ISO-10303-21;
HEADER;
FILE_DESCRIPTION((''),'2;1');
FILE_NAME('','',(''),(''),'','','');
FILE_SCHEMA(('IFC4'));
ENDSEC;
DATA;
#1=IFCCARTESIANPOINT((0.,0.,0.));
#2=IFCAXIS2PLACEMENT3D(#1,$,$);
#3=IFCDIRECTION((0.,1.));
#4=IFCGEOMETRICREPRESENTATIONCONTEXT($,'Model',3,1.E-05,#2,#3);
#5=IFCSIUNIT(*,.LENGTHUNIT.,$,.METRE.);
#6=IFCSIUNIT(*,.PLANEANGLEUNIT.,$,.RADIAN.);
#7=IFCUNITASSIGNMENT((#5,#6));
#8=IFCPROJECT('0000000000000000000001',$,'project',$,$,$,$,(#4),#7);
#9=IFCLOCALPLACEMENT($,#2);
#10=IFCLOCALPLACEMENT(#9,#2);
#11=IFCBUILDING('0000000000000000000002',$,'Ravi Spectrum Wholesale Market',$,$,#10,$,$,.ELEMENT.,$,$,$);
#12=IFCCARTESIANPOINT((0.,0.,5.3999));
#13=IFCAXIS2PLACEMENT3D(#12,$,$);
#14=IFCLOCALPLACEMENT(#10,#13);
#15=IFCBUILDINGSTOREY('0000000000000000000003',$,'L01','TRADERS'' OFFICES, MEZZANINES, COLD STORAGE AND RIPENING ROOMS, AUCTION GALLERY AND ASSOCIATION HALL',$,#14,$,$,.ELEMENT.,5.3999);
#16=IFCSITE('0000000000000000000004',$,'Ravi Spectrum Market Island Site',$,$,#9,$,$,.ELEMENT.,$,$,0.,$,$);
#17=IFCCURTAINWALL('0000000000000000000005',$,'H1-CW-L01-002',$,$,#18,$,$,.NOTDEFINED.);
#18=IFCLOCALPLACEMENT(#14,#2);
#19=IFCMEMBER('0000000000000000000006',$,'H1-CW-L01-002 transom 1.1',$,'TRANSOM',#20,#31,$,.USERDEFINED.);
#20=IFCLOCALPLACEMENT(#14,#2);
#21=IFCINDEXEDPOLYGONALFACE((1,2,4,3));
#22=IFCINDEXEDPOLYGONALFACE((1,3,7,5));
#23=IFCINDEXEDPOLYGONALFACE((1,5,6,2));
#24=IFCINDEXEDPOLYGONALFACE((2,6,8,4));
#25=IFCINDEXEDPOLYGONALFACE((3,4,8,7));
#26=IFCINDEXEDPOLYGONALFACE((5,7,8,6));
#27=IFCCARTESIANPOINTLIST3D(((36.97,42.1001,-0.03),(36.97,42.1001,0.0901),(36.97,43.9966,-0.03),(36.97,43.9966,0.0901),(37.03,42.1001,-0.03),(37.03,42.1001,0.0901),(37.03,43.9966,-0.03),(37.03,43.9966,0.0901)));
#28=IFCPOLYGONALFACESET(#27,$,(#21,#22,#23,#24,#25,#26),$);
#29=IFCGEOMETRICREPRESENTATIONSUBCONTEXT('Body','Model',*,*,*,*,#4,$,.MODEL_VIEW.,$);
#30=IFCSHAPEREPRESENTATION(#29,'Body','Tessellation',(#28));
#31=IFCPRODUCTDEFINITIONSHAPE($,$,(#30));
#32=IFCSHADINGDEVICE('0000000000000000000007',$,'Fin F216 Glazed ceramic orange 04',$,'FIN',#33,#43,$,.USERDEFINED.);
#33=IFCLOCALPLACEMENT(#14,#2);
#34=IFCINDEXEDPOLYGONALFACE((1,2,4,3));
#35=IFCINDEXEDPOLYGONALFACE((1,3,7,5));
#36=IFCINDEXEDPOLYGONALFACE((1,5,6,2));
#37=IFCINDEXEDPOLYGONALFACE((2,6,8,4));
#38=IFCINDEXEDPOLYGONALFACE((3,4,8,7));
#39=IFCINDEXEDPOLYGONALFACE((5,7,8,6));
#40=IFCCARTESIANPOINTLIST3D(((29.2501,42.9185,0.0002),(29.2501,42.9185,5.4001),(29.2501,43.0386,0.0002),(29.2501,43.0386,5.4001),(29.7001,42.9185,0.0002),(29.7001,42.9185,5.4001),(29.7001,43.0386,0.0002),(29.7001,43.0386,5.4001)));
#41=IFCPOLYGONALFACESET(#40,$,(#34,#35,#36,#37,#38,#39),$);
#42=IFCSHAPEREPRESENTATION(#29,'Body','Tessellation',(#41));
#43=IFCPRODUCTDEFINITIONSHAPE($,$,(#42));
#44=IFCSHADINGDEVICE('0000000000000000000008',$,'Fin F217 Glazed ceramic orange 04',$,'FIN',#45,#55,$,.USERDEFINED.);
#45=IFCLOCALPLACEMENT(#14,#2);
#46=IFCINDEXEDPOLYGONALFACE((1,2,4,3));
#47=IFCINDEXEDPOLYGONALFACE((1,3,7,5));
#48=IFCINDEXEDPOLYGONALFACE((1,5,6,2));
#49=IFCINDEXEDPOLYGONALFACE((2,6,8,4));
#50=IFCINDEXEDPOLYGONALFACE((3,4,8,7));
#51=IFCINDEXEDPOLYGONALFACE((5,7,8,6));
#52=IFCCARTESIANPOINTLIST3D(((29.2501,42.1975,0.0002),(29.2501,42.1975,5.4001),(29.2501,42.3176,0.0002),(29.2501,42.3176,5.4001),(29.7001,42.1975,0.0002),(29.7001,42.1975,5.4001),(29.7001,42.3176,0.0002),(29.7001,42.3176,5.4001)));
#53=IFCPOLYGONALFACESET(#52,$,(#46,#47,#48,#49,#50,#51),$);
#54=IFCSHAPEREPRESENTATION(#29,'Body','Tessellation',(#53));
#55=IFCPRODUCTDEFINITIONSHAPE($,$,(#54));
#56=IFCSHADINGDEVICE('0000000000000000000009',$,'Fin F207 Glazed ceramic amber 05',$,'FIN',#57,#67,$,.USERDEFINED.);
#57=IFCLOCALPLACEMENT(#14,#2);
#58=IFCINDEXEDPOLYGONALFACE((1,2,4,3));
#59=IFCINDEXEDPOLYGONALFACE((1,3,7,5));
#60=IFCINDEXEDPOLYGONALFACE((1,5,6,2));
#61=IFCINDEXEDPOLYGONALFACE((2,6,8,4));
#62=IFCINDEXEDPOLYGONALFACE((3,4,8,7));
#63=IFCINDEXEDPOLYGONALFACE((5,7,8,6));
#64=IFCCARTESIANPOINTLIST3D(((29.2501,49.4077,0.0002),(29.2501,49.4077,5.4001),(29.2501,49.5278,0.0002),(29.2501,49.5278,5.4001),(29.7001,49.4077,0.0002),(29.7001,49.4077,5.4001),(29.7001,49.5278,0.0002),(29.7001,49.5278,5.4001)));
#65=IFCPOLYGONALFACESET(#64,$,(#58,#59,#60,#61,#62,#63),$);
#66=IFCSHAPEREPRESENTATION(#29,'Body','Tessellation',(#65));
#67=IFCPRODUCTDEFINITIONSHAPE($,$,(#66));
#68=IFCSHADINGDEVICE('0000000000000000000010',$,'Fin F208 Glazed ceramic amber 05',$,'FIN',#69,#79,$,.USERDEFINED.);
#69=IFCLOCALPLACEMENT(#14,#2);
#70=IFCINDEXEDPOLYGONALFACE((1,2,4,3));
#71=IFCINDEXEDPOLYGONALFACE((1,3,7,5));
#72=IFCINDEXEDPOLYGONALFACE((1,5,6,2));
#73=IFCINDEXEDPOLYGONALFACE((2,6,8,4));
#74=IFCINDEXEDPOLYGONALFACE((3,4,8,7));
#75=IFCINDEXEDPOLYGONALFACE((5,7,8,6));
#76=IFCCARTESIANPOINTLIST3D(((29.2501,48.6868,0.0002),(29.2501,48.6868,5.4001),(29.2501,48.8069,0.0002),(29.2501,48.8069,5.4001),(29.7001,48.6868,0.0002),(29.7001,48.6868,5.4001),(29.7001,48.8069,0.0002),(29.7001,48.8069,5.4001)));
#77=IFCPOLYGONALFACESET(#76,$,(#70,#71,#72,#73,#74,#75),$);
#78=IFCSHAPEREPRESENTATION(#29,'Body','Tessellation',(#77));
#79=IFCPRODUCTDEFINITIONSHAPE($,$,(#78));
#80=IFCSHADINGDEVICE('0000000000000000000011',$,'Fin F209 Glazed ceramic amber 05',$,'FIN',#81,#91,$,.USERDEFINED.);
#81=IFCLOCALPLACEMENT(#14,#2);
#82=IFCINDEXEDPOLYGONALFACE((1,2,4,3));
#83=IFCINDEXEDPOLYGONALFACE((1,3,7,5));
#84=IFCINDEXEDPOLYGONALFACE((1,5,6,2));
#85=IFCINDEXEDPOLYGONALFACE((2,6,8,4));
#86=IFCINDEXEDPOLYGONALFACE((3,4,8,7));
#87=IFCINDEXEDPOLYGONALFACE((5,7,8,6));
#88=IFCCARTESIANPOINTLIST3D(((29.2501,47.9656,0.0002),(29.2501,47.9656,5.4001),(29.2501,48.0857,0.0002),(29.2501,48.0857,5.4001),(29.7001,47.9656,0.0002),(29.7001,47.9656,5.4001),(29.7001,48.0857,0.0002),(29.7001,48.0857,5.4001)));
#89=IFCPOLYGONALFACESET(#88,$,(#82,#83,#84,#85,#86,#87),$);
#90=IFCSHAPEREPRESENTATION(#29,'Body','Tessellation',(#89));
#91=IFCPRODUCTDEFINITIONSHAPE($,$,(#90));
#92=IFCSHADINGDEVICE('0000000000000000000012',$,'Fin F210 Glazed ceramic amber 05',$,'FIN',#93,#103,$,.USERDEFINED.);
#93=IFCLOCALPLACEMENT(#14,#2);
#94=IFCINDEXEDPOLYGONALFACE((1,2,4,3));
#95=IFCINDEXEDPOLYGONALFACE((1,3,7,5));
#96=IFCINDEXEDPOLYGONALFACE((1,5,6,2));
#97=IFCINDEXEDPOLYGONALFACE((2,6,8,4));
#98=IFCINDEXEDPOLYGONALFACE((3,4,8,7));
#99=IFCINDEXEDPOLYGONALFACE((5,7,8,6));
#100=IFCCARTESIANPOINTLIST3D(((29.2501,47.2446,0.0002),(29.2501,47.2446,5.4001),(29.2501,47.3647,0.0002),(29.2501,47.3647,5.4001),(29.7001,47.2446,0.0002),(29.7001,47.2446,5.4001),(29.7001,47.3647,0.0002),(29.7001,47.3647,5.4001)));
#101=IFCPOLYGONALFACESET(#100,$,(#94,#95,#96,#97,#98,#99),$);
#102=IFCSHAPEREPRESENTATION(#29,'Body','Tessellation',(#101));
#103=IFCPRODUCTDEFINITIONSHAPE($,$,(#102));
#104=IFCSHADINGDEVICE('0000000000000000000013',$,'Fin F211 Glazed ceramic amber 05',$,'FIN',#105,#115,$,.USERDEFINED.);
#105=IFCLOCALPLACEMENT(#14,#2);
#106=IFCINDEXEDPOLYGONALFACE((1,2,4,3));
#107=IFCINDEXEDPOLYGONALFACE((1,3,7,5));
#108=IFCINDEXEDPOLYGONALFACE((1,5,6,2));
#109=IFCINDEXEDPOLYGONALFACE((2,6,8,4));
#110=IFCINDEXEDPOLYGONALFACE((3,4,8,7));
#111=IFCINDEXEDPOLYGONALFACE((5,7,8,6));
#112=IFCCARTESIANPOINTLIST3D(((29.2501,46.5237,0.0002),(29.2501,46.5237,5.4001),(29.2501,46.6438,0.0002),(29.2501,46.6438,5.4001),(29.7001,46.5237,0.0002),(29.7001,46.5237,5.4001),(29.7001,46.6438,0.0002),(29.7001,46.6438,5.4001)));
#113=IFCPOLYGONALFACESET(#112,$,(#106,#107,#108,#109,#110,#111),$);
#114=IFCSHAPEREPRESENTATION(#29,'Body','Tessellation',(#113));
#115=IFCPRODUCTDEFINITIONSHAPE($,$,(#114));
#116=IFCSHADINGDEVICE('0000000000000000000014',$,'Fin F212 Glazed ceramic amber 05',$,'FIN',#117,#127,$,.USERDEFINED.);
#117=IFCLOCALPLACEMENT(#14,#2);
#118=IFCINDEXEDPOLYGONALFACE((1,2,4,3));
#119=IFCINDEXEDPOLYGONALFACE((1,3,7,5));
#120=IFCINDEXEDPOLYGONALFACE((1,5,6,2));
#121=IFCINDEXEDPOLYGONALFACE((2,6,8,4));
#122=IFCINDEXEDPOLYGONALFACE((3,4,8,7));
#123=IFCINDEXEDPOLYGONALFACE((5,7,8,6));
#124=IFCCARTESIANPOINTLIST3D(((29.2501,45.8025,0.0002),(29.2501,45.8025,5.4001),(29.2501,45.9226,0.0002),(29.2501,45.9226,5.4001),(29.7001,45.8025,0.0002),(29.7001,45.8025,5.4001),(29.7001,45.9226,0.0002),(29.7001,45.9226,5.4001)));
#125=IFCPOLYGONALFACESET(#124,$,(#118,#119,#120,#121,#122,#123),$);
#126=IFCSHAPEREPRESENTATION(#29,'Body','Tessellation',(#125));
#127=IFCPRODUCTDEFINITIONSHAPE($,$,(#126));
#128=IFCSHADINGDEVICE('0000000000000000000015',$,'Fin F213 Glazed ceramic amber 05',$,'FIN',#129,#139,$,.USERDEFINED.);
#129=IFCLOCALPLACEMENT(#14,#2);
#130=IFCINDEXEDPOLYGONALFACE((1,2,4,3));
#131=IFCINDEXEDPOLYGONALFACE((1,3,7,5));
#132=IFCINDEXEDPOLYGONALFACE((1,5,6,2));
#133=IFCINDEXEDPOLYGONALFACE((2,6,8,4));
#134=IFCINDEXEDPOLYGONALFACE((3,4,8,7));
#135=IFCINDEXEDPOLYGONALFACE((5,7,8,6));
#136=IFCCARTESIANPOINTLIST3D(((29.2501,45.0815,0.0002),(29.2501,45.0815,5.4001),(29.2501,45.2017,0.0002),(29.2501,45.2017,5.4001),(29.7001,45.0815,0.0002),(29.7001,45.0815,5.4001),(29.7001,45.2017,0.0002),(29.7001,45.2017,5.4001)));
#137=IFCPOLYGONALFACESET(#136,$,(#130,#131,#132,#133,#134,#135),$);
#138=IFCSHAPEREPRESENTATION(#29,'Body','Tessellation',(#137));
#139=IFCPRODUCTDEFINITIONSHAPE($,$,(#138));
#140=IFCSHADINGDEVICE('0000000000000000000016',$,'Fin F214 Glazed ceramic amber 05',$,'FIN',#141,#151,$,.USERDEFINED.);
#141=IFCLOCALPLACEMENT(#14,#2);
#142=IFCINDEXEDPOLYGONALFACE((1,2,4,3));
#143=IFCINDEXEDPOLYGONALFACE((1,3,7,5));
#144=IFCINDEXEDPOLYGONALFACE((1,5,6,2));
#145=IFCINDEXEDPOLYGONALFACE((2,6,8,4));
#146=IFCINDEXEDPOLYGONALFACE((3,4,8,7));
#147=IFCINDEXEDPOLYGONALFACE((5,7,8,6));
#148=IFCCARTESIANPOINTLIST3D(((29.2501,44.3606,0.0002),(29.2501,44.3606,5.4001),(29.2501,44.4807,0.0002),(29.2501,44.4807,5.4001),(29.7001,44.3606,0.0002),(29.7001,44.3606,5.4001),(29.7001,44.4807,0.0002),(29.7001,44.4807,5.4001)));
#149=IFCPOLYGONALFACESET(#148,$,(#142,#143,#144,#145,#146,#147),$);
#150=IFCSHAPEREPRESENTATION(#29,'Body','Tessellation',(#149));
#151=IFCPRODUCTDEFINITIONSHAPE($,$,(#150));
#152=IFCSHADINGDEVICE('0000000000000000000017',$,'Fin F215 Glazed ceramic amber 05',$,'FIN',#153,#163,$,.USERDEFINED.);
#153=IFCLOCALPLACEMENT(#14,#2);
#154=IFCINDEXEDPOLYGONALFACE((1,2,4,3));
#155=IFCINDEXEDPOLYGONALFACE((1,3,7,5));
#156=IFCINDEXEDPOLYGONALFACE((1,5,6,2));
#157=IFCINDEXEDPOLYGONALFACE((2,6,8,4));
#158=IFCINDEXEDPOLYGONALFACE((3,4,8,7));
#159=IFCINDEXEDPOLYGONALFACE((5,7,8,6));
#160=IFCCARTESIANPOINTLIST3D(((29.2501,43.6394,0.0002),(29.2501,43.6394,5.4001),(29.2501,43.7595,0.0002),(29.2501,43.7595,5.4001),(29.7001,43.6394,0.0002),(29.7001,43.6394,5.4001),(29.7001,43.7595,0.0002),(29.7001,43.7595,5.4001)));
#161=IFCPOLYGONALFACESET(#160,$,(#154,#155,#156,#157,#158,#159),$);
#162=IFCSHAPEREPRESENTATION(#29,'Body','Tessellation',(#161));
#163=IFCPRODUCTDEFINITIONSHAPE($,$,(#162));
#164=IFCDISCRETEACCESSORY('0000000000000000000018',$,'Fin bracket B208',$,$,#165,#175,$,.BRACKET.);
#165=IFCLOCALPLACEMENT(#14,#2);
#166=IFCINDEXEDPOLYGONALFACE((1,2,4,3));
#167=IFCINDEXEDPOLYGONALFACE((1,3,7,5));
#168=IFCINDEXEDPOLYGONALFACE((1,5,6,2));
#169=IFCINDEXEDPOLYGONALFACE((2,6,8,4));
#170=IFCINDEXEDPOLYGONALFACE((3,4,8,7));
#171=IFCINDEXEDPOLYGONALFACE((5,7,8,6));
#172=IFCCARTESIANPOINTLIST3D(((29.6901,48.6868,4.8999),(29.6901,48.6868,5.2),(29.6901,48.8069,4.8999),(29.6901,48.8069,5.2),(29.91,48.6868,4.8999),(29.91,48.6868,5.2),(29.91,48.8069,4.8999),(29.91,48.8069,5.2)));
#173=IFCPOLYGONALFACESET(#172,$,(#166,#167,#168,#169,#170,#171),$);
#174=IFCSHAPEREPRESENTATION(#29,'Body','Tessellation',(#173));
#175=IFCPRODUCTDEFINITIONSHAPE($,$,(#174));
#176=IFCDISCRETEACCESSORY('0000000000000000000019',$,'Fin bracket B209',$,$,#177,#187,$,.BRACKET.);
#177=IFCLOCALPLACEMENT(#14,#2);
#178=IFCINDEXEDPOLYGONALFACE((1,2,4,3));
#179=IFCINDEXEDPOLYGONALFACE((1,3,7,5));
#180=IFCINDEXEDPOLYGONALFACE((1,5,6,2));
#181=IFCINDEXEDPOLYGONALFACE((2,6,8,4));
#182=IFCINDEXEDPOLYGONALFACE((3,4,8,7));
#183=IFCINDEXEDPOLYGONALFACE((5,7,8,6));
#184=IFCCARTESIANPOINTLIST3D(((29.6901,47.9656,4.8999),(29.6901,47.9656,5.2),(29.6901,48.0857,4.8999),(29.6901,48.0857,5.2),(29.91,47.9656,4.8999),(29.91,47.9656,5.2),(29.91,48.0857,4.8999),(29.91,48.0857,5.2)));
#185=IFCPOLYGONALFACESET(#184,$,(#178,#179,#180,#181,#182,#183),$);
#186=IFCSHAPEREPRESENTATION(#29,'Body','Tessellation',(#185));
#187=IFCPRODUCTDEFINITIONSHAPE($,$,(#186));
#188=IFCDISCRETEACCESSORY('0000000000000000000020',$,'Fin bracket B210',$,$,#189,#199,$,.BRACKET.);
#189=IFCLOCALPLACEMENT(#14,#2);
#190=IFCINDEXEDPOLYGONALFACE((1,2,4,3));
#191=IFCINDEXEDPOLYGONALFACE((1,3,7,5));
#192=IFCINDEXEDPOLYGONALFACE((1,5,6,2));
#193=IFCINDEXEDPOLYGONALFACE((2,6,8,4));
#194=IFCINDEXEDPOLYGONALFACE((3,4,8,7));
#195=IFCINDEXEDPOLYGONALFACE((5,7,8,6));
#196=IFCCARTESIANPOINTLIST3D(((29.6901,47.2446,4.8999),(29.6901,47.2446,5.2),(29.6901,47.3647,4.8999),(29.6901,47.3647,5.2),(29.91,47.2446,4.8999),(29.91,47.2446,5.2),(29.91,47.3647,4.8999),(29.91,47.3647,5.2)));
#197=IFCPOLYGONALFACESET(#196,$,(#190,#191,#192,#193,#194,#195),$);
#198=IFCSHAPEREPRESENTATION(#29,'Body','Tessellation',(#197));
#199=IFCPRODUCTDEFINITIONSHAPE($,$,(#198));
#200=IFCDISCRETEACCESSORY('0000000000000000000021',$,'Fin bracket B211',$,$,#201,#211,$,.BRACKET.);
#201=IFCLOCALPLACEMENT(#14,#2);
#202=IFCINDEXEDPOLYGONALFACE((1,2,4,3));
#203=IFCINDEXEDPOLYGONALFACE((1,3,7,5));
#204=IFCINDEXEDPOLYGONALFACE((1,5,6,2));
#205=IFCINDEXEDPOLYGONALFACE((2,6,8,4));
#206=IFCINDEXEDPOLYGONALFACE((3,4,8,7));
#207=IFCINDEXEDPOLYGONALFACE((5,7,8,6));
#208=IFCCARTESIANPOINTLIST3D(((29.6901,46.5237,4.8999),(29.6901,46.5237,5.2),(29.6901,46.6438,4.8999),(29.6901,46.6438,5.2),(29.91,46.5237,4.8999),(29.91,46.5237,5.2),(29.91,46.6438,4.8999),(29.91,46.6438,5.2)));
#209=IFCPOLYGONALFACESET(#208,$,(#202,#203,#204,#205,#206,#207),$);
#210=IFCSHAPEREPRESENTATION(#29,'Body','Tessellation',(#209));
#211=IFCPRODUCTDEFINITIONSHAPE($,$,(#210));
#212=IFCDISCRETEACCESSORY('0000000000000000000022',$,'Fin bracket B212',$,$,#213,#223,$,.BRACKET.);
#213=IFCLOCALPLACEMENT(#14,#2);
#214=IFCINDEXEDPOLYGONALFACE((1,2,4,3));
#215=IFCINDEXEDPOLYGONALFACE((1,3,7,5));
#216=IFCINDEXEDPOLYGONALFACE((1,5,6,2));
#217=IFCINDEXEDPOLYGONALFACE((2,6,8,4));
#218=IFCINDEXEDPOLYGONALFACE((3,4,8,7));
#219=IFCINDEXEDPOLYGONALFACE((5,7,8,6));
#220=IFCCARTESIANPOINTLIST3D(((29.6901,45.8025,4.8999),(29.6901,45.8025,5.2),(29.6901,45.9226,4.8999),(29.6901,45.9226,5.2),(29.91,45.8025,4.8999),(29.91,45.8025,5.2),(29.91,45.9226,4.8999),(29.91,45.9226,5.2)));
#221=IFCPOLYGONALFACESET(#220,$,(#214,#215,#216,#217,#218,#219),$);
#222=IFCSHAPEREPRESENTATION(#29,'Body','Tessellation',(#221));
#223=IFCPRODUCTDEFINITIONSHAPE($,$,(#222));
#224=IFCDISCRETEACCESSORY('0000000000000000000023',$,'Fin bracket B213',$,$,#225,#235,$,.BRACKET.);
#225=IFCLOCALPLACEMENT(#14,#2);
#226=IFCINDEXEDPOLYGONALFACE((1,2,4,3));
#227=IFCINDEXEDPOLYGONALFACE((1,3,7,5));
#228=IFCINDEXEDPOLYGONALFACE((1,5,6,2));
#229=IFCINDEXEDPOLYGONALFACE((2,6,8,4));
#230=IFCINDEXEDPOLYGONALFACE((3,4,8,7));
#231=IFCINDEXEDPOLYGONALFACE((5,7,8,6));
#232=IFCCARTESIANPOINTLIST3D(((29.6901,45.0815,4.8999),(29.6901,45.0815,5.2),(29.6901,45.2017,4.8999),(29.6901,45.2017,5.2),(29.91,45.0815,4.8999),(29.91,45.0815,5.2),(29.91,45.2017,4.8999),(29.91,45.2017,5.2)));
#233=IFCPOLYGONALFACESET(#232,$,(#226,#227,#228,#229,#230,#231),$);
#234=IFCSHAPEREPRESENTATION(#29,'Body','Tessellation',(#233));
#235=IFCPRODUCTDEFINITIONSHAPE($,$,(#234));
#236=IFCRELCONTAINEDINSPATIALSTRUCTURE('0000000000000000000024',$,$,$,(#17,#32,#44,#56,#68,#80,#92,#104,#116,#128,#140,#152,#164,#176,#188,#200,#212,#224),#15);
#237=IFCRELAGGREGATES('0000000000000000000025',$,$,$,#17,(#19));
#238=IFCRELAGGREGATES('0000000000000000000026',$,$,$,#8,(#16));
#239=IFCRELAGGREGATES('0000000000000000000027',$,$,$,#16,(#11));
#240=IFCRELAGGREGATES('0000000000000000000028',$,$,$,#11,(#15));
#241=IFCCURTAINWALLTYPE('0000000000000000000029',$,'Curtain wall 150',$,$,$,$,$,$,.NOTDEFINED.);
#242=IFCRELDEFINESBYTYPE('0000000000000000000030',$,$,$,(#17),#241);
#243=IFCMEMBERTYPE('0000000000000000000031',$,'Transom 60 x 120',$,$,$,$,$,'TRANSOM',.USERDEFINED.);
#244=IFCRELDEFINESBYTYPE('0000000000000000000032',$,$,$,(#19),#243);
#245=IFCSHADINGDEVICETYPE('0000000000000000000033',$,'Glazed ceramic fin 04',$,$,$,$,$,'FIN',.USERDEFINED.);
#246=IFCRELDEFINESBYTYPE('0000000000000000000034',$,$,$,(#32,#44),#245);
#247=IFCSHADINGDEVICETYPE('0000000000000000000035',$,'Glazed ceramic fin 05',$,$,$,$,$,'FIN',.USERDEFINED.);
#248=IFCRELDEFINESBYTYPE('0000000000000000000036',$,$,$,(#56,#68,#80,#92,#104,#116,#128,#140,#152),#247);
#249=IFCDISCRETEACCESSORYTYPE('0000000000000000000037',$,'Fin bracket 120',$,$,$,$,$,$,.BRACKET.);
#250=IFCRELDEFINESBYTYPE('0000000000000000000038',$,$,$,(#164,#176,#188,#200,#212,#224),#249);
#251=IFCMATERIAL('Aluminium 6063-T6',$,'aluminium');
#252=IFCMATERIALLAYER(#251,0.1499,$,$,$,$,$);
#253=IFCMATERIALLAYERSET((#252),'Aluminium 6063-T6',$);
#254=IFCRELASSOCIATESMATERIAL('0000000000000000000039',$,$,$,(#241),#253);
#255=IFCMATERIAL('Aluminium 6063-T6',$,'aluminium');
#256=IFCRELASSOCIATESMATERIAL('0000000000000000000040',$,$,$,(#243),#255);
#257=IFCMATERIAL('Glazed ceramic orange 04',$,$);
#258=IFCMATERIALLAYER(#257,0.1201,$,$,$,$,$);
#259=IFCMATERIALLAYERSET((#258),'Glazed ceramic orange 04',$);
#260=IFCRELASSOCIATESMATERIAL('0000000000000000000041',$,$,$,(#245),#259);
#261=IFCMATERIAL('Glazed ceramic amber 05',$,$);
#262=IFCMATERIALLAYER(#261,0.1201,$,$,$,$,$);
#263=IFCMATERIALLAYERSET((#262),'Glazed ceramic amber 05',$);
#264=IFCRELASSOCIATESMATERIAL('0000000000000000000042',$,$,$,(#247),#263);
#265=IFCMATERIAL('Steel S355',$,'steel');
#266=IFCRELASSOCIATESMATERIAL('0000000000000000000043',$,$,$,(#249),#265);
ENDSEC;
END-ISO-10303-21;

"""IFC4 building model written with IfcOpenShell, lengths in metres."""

from ifc_helpers import new_model, si_unit, direction, frame, origin, origin_2d, place, context, subcontext, project, spatial, rectangle, extrude, material, layer, layer_set, material_profile, profile_set, type_object, element, aggregate, save


model = new_model("IFC4")

# Units and contexts
model_context = context("Model", 3, precision=1e-05, world=origin(), true_north=direction((0.0, 1.0)))
body_context = subcontext(model_context, "Body", "Model", "MODEL_VIEW")
ifc_project = project(units=[si_unit("LENGTHUNIT", "METRE"), si_unit("PLANEANGLEUNIT", "RADIAN")], contexts=[model_context])

# Site, building, storey
site_placement = place(None, origin())
site = spatial("IfcSite", under=ifc_project, at=site_placement, Name="Ravi Spectrum Market Island Site", CompositionType="ELEMENT", RefElevation=0.0)
building_placement = place(site_placement, origin())
building = spatial("IfcBuilding", under=site, at=building_placement, Name="Ravi Spectrum Wholesale Market", CompositionType="ELEMENT")
storey_placement = place(building_placement, frame((0.0, 0.0, 5.3999)))
storey = spatial("IfcBuildingStorey", under=building, at=storey_placement, Name="L01", Description="TRADERS' OFFICES, MEZZANINES, COLD STORAGE AND RIPENING ROOMS, AUCTION GALLERY AND ASSOCIATION HALL", CompositionType="ELEMENT", Elevation=5.3999)

# Curtain wall, member
ifc_material_1 = material(Name="Aluminium 6063-T6", Category="aluminium")
ifc_layer_1 = layer(ifc_material_1, 0.1499)
ifc_layer_set_1 = layer_set([ifc_layer_1], Name="Aluminium 6063-T6")
curtain_wall_type = type_object("IfcCurtainWallType", Name="Curtain wall 150", PredefinedType="NOTDEFINED", material=ifc_layer_set_1)
curtain_wall_placement = place(storey_placement, origin())
curtain_wall = element("IfcCurtainWall", 1, at=curtain_wall_placement, inside=storey, type_object=curtain_wall_type, Name="H1-CW-L01-002", PredefinedType="NOTDEFINED")
ifc_material_2 = material(Name="Aluminium 6063-T6", Category="aluminium")
ifc_material_profile = material_profile(ifc_material_2, rectangle(XDim=0.0601, YDim=0.1201, at=origin_2d()))
ifc_profile_set = profile_set([ifc_material_profile], Name="Aluminium 6063-T6")
member_type = type_object("IfcMemberType", Name="Transom 60 x 120", ElementType="TRANSOM", PredefinedType="USERDEFINED", material=ifc_profile_set)
member_placement = place(storey_placement, frame((37.0, 42.1001, 0.03), z_axis=(0.0, 1.0, 0.0), x_axis=(-1.0, 0.0, 0.0)))
member = element("IfcMember", 2, at=member_placement, type_object=member_type, Name="H1-CW-L01-002 transom 1.1", ObjectType="TRANSOM", PredefinedType="USERDEFINED", context=body_context, shape_type="SweptSolid", body=[
    extrude(rectangle(XDim=0.0601, YDim=0.1201, at=origin_2d()), origin(), (0.0, 0.0, 1.0), 1.8965),
])
aggregate(curtain_wall, [member])

# Shading devices
ifc_material_3 = material(Name="Glazed ceramic orange 04")
ifc_layer_2 = layer(ifc_material_3, 0.1201)
ifc_layer_set_2 = layer_set([ifc_layer_2], Name="Glazed ceramic orange 04")
shading_device_type_1 = type_object("IfcShadingDeviceType", Name="Glazed ceramic fin 04", ElementType="FIN", PredefinedType="USERDEFINED", material=ifc_layer_set_2)
for number, where, z_axis, x_axis, name in (
    (3, (29.4751, 42.9785, 0.0002), (0.0, 0.0, 1.0), (0.0, -1.0, 0.0), "Fin F216 Glazed ceramic orange 04"),
    (4, (29.4751, 42.2576, 0.0002), (0.0, 0.0, 1.0), (0.0, -1.0, 0.0), "Fin F217 Glazed ceramic orange 04"),
):
    element("IfcShadingDevice", number, at=place(storey_placement, frame(where, z_axis=z_axis, x_axis=x_axis)), inside=storey, type_object=shading_device_type_1, Name=name, ObjectType="FIN", PredefinedType="USERDEFINED", context=body_context, shape_type="SweptSolid", body=[
        extrude(rectangle(XDim=0.1201, YDim=0.45, at=origin_2d()), origin(), (0.0, 0.0, 1.0), 5.3999),
    ])
ifc_material_4 = material(Name="Glazed ceramic amber 05")
ifc_layer_3 = layer(ifc_material_4, 0.1201)
ifc_layer_set_3 = layer_set([ifc_layer_3], Name="Glazed ceramic amber 05")
shading_device_type_2 = type_object("IfcShadingDeviceType", Name="Glazed ceramic fin 05", ElementType="FIN", PredefinedType="USERDEFINED", material=ifc_layer_set_3)
for number, where, z_axis, x_axis, name in (
    (5, (29.4751, 49.4678, 0.0002), (0.0, 0.0, 1.0), (0.0, -1.0, 0.0), "Fin F207 Glazed ceramic amber 05"),
    (6, (29.4751, 48.7468, 0.0002), (0.0, 0.0, 1.0), (0.0, -1.0, 0.0), "Fin F208 Glazed ceramic amber 05"),
    (7, (29.4751, 48.0256, 0.0002), (0.0, 0.0, 1.0), (0.0, -1.0, 0.0), "Fin F209 Glazed ceramic amber 05"),
    (8, (29.4751, 47.3047, 0.0002), (0.0, 0.0, 1.0), (0.0, -1.0, 0.0), "Fin F210 Glazed ceramic amber 05"),
    (9, (29.4751, 46.5837, 0.0002), (0.0, 0.0, 1.0), (0.0, -1.0, 0.0), "Fin F211 Glazed ceramic amber 05"),
    (10, (29.4751, 45.8625, 0.0002), (0.0, 0.0, 1.0), (0.0, -1.0, 0.0), "Fin F212 Glazed ceramic amber 05"),
    (11, (29.4751, 45.1416, 0.0002), (0.0, 0.0, 1.0), (0.0, -1.0, 0.0), "Fin F213 Glazed ceramic amber 05"),
    (12, (29.4751, 44.4207, 0.0002), (0.0, 0.0, 1.0), (0.0, -1.0, 0.0), "Fin F214 Glazed ceramic amber 05"),
    (13, (29.4751, 43.6995, 0.0002), (0.0, 0.0, 1.0), (0.0, -1.0, 0.0), "Fin F215 Glazed ceramic amber 05"),
):
    element("IfcShadingDevice", number, at=place(storey_placement, frame(where, z_axis=z_axis, x_axis=x_axis)), inside=storey, type_object=shading_device_type_2, Name=name, ObjectType="FIN", PredefinedType="USERDEFINED", context=body_context, shape_type="SweptSolid", body=[
        extrude(rectangle(XDim=0.1201, YDim=0.45, at=origin_2d()), origin(), (0.0, 0.0, 1.0), 5.3999),
    ])

# Discrete accessories
ifc_material_5 = material(Name="Steel S355", Category="steel")
discrete_accessory_type = type_object("IfcDiscreteAccessoryType", Name="Fin bracket 120", PredefinedType="BRACKET", material=ifc_material_5)
for number, where, z_axis, x_axis, name in (
    (14, (29.8, 48.7468, 4.8999), (0.0, 0.0, 1.0), (0.0, -1.0, 0.0), "Fin bracket B208"),
    (15, (29.8, 48.0256, 4.8999), (0.0, 0.0, 1.0), (0.0, -1.0, 0.0), "Fin bracket B209"),
    (16, (29.8, 47.3047, 4.8999), (0.0, 0.0, 1.0), (0.0, -1.0, 0.0), "Fin bracket B210"),
    (17, (29.8, 46.5837, 4.8999), (0.0, 0.0, 1.0), (0.0, -1.0, 0.0), "Fin bracket B211"),
    (18, (29.8, 45.8625, 4.8999), (0.0, 0.0, 1.0), (0.0, -1.0, 0.0), "Fin bracket B212"),
    (19, (29.8, 45.1416, 4.8999), (0.0, 0.0, 1.0), (0.0, -1.0, 0.0), "Fin bracket B213"),
):
    element("IfcDiscreteAccessory", number, at=place(storey_placement, frame(where, z_axis=z_axis, x_axis=x_axis)), inside=storey, type_object=discrete_accessory_type, Name=name, PredefinedType="BRACKET", context=body_context, shape_type="SweptSolid", body=[
        extrude(rectangle(XDim=0.1201, YDim=0.22, at=origin_2d()), origin(), (0.0, 0.0, 1.0), 0.3),
    ])

save(model, "model.ifc")
